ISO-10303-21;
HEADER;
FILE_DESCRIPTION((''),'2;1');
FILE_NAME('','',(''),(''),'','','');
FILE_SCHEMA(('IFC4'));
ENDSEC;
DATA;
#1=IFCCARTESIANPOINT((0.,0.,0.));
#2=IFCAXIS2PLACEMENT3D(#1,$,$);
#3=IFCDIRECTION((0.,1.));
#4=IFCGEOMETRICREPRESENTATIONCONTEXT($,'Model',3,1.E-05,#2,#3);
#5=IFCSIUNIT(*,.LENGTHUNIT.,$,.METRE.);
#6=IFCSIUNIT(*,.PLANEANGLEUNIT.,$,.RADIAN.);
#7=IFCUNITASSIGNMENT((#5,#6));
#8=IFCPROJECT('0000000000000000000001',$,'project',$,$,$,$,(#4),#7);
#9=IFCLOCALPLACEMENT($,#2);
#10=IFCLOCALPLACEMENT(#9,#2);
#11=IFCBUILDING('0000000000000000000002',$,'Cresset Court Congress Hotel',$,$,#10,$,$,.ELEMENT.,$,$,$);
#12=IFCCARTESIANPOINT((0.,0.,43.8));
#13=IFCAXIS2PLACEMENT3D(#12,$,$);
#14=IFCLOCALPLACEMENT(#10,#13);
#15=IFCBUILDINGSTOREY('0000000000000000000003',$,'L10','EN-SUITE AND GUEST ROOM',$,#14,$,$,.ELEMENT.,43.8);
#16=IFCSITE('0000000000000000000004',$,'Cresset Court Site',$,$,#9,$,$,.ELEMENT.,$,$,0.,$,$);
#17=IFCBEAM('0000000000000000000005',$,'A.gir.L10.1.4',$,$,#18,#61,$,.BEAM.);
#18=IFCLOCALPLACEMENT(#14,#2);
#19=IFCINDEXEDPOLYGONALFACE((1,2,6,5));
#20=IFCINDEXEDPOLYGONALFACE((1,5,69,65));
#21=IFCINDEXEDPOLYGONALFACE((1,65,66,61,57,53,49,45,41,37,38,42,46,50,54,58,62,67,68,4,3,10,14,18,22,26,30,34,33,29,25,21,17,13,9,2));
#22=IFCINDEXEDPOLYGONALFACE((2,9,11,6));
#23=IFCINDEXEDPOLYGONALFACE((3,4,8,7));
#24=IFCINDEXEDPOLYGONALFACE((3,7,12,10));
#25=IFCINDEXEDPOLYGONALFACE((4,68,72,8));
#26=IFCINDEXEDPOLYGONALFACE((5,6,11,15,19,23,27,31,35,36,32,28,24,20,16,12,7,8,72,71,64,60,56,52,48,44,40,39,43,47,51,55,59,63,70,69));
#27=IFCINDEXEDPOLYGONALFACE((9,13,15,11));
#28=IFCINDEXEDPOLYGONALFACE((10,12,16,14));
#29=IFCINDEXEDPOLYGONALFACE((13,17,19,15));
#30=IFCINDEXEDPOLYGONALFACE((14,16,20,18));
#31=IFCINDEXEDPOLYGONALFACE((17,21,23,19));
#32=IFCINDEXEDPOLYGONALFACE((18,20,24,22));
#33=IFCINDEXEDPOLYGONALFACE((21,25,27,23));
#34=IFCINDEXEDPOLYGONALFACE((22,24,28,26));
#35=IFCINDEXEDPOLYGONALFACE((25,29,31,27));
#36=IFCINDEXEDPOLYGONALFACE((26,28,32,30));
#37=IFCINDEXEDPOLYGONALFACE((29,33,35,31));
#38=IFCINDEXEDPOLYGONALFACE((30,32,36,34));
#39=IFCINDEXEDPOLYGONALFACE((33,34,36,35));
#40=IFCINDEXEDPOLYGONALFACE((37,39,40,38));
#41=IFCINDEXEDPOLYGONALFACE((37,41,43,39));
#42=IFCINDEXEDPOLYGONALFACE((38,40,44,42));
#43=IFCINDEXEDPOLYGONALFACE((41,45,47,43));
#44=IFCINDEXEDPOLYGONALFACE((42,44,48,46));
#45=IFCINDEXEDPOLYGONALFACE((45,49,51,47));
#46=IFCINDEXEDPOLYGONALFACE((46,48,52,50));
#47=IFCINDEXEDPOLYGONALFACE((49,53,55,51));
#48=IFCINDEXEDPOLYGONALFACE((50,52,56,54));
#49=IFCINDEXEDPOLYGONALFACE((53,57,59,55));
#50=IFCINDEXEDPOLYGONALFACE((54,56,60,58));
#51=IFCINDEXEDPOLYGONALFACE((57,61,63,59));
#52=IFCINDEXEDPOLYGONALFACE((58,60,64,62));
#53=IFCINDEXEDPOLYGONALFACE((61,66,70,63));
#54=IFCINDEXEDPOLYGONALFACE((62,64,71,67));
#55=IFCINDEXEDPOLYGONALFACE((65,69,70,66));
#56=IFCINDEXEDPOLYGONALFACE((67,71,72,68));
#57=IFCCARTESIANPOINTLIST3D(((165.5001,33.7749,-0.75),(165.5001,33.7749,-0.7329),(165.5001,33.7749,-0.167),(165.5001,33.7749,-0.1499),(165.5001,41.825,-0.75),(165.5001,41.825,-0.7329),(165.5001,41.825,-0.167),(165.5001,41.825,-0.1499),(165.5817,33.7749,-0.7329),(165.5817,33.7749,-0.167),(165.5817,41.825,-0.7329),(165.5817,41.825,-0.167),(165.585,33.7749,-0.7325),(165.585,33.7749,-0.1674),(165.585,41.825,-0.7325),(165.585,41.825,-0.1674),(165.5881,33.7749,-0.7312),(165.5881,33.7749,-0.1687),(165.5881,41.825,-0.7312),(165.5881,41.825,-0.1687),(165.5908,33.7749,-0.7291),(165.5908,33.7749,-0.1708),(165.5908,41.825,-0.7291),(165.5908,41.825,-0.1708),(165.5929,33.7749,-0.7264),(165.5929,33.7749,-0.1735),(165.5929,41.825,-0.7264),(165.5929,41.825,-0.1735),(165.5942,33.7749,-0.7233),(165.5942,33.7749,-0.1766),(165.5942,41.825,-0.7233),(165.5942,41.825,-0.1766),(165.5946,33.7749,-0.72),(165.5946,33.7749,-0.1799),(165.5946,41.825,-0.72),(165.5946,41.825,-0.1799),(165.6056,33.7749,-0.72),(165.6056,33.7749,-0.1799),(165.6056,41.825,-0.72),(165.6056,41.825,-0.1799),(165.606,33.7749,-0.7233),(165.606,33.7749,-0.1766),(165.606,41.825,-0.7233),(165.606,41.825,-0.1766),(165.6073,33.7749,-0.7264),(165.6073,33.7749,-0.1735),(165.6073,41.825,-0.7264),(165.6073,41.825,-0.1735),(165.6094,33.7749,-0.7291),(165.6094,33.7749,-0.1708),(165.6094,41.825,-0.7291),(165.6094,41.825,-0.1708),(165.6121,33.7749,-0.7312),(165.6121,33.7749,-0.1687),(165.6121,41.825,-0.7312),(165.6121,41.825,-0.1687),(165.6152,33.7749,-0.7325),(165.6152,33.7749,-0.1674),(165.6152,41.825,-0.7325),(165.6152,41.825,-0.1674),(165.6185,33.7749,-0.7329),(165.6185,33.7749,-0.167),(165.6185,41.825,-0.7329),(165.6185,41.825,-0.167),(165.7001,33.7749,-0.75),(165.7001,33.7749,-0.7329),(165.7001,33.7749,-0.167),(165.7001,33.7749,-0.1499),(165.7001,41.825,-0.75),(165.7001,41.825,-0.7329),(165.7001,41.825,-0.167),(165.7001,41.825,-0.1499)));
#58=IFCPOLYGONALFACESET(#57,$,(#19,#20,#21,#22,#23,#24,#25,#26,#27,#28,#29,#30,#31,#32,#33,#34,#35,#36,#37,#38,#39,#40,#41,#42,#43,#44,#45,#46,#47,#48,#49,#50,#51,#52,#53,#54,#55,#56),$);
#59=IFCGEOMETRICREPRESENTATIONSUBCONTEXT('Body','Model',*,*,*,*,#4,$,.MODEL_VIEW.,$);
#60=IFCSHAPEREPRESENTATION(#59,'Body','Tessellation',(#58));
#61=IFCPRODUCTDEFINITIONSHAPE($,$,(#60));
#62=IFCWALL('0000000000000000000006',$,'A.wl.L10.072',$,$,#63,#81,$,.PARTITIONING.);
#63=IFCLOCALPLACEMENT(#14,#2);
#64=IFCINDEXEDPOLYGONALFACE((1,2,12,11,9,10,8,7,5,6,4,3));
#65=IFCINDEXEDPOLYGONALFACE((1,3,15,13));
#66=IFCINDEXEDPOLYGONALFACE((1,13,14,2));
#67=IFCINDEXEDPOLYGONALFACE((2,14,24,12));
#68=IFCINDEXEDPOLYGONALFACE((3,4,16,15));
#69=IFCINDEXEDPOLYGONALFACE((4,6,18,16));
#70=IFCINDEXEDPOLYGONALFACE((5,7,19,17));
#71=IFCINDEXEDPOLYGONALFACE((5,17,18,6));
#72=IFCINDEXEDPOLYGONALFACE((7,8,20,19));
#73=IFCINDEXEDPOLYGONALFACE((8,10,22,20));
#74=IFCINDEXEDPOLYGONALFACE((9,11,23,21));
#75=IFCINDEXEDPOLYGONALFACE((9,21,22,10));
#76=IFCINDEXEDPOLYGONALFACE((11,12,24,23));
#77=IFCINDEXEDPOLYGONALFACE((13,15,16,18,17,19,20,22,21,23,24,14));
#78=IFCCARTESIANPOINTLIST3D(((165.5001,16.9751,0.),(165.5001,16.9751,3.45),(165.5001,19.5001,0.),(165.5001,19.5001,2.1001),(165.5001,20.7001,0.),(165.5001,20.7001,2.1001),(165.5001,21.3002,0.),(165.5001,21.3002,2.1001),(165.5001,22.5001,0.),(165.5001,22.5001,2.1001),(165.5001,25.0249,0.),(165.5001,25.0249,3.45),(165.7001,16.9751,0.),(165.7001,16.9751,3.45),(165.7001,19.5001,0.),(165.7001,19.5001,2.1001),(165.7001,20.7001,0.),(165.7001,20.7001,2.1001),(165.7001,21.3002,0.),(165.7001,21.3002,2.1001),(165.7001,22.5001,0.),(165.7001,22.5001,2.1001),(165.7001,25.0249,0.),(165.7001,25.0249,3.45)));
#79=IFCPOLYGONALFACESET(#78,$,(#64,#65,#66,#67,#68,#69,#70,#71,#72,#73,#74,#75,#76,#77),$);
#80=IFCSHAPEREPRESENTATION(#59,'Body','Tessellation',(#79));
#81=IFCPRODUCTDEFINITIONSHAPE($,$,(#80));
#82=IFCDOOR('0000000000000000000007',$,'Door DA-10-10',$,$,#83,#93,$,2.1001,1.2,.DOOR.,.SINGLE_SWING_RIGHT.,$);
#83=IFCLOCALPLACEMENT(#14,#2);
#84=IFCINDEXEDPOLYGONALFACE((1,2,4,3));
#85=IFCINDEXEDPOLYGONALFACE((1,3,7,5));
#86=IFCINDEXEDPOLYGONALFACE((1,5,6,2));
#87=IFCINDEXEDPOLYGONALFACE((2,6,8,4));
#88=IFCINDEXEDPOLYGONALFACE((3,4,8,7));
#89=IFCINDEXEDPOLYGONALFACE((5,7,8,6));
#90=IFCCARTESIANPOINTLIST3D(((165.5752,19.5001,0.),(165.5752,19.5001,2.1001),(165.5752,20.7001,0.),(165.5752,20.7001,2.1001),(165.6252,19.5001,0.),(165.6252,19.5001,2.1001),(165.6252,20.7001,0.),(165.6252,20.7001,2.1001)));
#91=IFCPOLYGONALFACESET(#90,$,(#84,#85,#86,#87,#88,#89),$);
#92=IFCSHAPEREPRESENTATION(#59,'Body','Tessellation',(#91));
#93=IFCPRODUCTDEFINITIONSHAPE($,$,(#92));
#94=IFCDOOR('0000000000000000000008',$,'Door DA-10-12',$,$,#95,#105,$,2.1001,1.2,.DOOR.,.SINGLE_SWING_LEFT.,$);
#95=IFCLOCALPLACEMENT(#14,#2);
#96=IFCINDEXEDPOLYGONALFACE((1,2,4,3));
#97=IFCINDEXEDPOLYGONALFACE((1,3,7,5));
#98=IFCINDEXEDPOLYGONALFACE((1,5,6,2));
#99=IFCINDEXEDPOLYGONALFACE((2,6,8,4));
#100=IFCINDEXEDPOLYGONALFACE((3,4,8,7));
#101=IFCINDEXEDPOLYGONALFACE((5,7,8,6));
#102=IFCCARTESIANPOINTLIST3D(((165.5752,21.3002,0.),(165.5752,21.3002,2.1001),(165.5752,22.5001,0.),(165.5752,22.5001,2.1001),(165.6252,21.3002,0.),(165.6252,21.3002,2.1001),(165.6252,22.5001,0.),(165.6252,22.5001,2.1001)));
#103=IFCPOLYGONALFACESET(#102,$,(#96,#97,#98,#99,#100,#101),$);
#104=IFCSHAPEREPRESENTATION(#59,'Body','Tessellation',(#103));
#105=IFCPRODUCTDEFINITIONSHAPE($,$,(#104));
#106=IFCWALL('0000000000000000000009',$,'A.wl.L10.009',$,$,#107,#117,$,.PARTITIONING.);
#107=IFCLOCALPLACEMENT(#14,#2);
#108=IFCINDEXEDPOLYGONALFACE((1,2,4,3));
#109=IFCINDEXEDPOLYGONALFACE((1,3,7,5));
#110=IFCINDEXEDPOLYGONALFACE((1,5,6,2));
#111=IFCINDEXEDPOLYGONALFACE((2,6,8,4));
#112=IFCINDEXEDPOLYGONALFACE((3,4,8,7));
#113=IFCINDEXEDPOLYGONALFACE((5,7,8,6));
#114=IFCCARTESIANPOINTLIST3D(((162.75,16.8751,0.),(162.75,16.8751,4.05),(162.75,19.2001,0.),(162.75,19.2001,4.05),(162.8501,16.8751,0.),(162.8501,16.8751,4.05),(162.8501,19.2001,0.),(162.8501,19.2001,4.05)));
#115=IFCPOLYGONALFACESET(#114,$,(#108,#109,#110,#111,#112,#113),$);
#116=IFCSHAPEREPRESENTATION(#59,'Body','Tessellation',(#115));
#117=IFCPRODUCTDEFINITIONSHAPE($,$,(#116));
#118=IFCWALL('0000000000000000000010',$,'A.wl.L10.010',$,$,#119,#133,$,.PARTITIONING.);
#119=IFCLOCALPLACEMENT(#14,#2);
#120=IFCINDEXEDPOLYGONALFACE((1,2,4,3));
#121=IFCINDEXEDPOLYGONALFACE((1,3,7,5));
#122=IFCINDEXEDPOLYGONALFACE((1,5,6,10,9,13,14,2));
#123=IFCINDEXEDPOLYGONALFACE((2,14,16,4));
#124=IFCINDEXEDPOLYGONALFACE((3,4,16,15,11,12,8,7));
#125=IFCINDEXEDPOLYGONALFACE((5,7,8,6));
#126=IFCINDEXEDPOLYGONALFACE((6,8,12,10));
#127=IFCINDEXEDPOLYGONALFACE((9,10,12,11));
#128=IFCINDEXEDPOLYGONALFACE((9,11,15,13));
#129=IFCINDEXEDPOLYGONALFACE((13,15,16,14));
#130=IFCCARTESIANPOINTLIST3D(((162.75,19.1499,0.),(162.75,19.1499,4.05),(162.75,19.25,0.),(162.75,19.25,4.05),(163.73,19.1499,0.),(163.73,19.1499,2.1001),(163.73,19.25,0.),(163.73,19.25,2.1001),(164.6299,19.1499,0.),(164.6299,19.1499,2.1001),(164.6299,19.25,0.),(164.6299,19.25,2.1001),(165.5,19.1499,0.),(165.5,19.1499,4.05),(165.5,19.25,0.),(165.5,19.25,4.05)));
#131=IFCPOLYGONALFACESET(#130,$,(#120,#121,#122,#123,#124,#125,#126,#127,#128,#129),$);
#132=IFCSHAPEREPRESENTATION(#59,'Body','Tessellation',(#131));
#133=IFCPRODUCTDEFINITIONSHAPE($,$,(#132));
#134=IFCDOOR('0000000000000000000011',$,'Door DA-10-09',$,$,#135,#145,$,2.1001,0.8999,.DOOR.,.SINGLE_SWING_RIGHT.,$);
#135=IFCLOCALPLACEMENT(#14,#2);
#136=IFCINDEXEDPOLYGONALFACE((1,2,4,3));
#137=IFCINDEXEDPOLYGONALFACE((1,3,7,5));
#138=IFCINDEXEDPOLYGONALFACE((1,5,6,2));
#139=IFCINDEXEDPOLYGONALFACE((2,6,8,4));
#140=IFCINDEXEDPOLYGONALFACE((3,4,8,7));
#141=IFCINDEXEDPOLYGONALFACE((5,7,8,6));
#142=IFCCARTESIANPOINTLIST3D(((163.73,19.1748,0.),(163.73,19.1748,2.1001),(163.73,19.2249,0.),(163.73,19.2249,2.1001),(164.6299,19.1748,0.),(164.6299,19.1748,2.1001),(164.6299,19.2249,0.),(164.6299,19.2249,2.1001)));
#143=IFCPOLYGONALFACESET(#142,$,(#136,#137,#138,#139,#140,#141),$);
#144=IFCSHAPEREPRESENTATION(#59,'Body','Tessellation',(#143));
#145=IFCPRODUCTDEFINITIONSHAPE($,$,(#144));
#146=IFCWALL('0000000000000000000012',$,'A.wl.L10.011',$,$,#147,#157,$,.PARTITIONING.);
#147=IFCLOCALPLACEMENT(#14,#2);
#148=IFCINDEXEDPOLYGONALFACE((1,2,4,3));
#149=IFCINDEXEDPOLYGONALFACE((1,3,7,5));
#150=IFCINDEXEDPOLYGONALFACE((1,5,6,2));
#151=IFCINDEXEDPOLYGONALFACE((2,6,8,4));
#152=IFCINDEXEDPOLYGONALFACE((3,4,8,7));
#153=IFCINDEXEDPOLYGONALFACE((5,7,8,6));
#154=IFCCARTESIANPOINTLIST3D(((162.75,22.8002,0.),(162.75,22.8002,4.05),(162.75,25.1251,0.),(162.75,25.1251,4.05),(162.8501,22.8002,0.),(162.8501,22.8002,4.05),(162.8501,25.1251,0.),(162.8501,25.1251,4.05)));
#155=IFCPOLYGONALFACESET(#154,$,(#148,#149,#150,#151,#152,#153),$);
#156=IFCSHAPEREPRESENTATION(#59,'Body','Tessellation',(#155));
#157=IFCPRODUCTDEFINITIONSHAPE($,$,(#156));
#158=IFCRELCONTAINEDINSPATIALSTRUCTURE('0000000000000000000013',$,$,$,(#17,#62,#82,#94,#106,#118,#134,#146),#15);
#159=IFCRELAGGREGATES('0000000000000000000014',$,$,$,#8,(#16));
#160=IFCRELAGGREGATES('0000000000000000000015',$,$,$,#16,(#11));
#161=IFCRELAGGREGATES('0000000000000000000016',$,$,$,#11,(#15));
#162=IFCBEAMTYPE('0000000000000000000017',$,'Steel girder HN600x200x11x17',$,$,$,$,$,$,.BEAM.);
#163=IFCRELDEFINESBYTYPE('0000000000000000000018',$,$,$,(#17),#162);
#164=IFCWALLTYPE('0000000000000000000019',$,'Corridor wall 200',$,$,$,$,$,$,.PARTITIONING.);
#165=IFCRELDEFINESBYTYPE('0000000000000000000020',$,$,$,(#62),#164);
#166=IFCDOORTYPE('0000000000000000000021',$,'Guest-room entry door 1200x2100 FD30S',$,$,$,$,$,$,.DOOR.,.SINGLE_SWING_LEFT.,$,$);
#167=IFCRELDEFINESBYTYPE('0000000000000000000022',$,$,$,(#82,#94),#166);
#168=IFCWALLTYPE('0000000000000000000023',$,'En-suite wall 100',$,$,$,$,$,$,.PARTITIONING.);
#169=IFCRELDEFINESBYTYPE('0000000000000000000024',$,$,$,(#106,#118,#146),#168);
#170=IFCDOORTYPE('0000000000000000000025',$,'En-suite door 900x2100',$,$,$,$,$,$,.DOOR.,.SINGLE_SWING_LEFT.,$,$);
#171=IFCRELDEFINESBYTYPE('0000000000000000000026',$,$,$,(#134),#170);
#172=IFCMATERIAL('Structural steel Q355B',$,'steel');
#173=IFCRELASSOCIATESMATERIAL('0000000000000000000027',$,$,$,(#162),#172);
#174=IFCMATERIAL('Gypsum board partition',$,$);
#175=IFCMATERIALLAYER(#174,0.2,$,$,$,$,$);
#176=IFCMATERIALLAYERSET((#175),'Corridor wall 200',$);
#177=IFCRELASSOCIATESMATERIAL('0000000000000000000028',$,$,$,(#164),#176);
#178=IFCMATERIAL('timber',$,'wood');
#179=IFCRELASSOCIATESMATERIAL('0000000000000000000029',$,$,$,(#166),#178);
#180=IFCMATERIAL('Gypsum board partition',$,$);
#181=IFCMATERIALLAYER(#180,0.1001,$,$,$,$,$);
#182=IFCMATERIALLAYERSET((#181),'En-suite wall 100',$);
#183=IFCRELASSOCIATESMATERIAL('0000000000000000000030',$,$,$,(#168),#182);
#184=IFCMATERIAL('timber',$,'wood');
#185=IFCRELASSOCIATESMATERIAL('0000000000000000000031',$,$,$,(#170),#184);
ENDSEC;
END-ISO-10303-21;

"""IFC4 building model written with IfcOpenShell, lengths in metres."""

from ifc_helpers import new_model, si_unit, direction, frame, frame_2d, origin, origin_2d, place, context, subcontext, project, spatial, rectangle, i_section, extrude, material, layer, layer_set, material_profile, profile_set, type_object, element, fill, save


model = new_model("IFC4")

# Units and contexts
model_context = context("Model", 3, precision=1e-05, world=origin(), true_north=direction((0.0, 1.0)))
body_context = subcontext(model_context, "Body", "Model", "MODEL_VIEW")
ifc_project = project(units=[si_unit("LENGTHUNIT", "METRE"), si_unit("PLANEANGLEUNIT", "RADIAN")], contexts=[model_context])

# Site, building, storey
site_placement = place(None, origin())
site = spatial("IfcSite", under=ifc_project, at=site_placement, Name="Cresset Court Site", CompositionType="ELEMENT", RefElevation=0.0)
building_placement = place(site_placement, origin())
building = spatial("IfcBuilding", under=site, at=building_placement, Name="Cresset Court Congress Hotel", CompositionType="ELEMENT")
storey_placement = place(building_placement, frame((0.0, 0.0, 43.8)))
storey = spatial("IfcBuildingStorey", under=building, at=storey_placement, Name="L10", Description="EN-SUITE AND GUEST ROOM", CompositionType="ELEMENT", Elevation=43.8)

# Beam
ifc_material_1 = material(Name="Structural steel Q355B", Category="steel")
ifc_material_profile_1 = material_profile(ifc_material_1, i_section(OverallWidth=0.2, OverallDepth=0.6001, WebThickness=0.011, FlangeThickness=0.0171, FilletRadius=0.0129, at=origin_2d()), Name="HN600x200x11x17")
ifc_profile_set_1 = profile_set([ifc_material_profile_1], Name="Structural steel Q355B")
beam_type = type_object("IfcBeamType", Name="Steel girder HN600x200x11x17", PredefinedType="BEAM", material=ifc_profile_set_1)
for number, where, z_axis, x_axis, name in (
    (1, (165.6001, 33.7749, -0.45), (0.0, 1.0, 0.0), (-1.0, 0.0, 0.0), "A.gir.L10.1.4"),
):
    element("IfcBeam", number, at=place(storey_placement, frame(where, z_axis=z_axis, x_axis=x_axis)), inside=storey, type_object=beam_type, Name=name, PredefinedType="BEAM", context=body_context, shape_type="SweptSolid", body=[
        extrude(i_section(OverallWidth=0.2, OverallDepth=0.6001, WebThickness=0.011, FlangeThickness=0.0171, FilletRadius=0.0129, at=origin_2d()), origin(), (0.0, 0.0, 1.0), 8.05),
    ])

# Wall, openings, doors
ifc_material_2 = material(Name="Gypsum board partition")
ifc_layer_1 = layer(ifc_material_2, 0.2)
ifc_layer_set_1 = layer_set([ifc_layer_1], Name="Corridor wall 200")
wall_type_1 = type_object("IfcWallType", Name="Corridor wall 200", PredefinedType="PARTITIONING", material=ifc_layer_set_1)
wall_1_placement = place(storey_placement, frame((165.6001, 16.9751, 0.0), z_axis=(0.0, 0.0, 1.0), x_axis=(0.0, 1.0, 0.0)))
wall_1 = element("IfcWall", 2, at=wall_1_placement, inside=storey, type_object=wall_type_1, Name="A.wl.L10.072", PredefinedType="PARTITIONING", context=body_context, shape_type="SweptSolid", body=[
    extrude(rectangle(XDim=8.0498, YDim=0.2, at=frame_2d((4.0249, 0.0))), origin(), (0.0, 0.0, 1.0), 3.45),
])
opening_1_placement = place(wall_1_placement, frame((2.5249, 0.0, 0.0)))
opening_1 = element("IfcOpeningElement", 3, at=opening_1_placement, cuts=wall_1, PredefinedType="OPENING", context=body_context, shape_type="SweptSolid", body=[
    extrude(rectangle(XDim=1.2, YDim=2.1001, at=frame_2d((0.6001, 1.05))), frame((0.0, 0.1099, 0.0), z_axis=(0.0, -1.0, 0.0), x_axis=(1.0, 0.0, 0.0)), (0.0, 0.0, 1.0), 0.22),
])
opening_2_placement = place(wall_1_placement, frame((4.325, 0.0, 0.0)))
opening_2 = element("IfcOpeningElement", 4, at=opening_2_placement, cuts=wall_1, PredefinedType="OPENING", context=body_context, shape_type="SweptSolid", body=[
    extrude(rectangle(XDim=1.2, YDim=2.1001, at=frame_2d((0.6001, 1.05))), frame((0.0, 0.1099, 0.0), z_axis=(0.0, -1.0, 0.0), x_axis=(1.0, 0.0, 0.0)), (0.0, 0.0, 1.0), 0.22),
])
ifc_material_3 = material(Name="timber", Category="wood")
door_type_1 = type_object("IfcDoorType", Name="Guest-room entry door 1200x2100 FD30S", OperationType="SINGLE_SWING_LEFT", PredefinedType="DOOR", material=ifc_material_3)
door_1_placement = place(opening_1_placement, origin())
door_1 = element("IfcDoor", 5, at=door_1_placement, inside=storey, type_object=door_type_1, Name="Door DA-10-10", OperationType="SINGLE_SWING_RIGHT", OverallHeight=2.1001, OverallWidth=1.2, PredefinedType="DOOR", context=body_context, shape_type="SweptSolid", body=[
    extrude(rectangle(XDim=1.2, YDim=2.1001, at=frame_2d((0.6001, 1.05))), frame((0.0, 0.0249, 0.0), z_axis=(0.0, -1.0, 0.0), x_axis=(1.0, 0.0, 0.0)), (0.0, 0.0, 1.0), 0.05),
])
fill(opening_1, door_1)
door_2_placement = place(opening_2_placement, origin())
door_2 = element("IfcDoor", 6, at=door_2_placement, inside=storey, type_object=door_type_1, Name="Door DA-10-12", OperationType="SINGLE_SWING_LEFT", OverallHeight=2.1001, OverallWidth=1.2, PredefinedType="DOOR", context=body_context, shape_type="SweptSolid", body=[
    extrude(rectangle(XDim=1.2, YDim=2.1001, at=frame_2d((0.6001, 1.05))), frame((0.0, 0.0249, 0.0), z_axis=(0.0, -1.0, 0.0), x_axis=(1.0, 0.0, 0.0)), (0.0, 0.0, 1.0), 0.05),
])
fill(opening_2, door_2)

# Wall
ifc_material_4 = material(Name="Gypsum board partition")
ifc_layer_2 = layer(ifc_material_4, 0.1001)
ifc_layer_set_2 = layer_set([ifc_layer_2], Name="En-suite wall 100")
wall_type_2 = type_object("IfcWallType", Name="En-suite wall 100", PredefinedType="PARTITIONING", material=ifc_layer_set_2)
wall_2_placement = place(storey_placement, frame((162.8, 16.875, 0.0), z_axis=(0.0, 0.0, 1.0), x_axis=(0.0, 1.0, 0.0)))
element("IfcWall", 7, at=wall_2_placement, inside=storey, type_object=wall_type_2, Name="A.wl.L10.009", PredefinedType="PARTITIONING", context=body_context, shape_type="SweptSolid", body=[
    extrude(rectangle(XDim=2.325, YDim=0.1001, at=frame_2d((1.1626, 0.0))), origin(), (0.0, 0.0, 1.0), 4.05),
])

# Wall, opening, door
wall_3_placement = place(storey_placement, frame((162.75, 19.2, 0.0), z_axis=(0.0, 0.0, 1.0), x_axis=(1.0, 0.0, 0.0)))
wall_3 = element("IfcWall", 8, at=wall_3_placement, inside=storey, type_object=wall_type_2, Name="A.wl.L10.010", PredefinedType="PARTITIONING", context=body_context, shape_type="SweptSolid", body=[
    extrude(rectangle(XDim=2.75, YDim=0.1001, at=frame_2d((1.375, 0.0))), origin(), (0.0, 0.0, 1.0), 4.05),
])
opening_3_placement = place(wall_3_placement, frame((0.98, 0.0, 0.0)))
opening_3 = element("IfcOpeningElement", 9, at=opening_3_placement, cuts=wall_3, PredefinedType="OPENING", context=body_context, shape_type="SweptSolid", body=[
    extrude(rectangle(XDim=0.8999, YDim=2.1001, at=frame_2d((0.45, 1.05))), frame((0.0, 0.0601, 0.0), z_axis=(0.0, -1.0, 0.0), x_axis=(1.0, 0.0, 0.0)), (0.0, 0.0, 1.0), 0.1201),
])
ifc_material_5 = material(Name="timber", Category="wood")
door_type_2 = type_object("IfcDoorType", Name="En-suite door 900x2100", OperationType="SINGLE_SWING_LEFT", PredefinedType="DOOR", material=ifc_material_5)
door_3_placement = place(opening_3_placement, origin())
door_3 = element("IfcDoor", 10, at=door_3_placement, inside=storey, type_object=door_type_2, Name="Door DA-10-09", OperationType="SINGLE_SWING_RIGHT", OverallHeight=2.1001, OverallWidth=0.8999, PredefinedType="DOOR", context=body_context, shape_type="SweptSolid", body=[
    extrude(rectangle(XDim=0.8999, YDim=2.1001, at=frame_2d((0.45, 1.05))), frame((0.0, 0.0249, 0.0), z_axis=(0.0, -1.0, 0.0), x_axis=(1.0, 0.0, 0.0)), (0.0, 0.0, 1.0), 0.05),
])
fill(opening_3, door_3)

# Wall
wall_4_placement = place(storey_placement, frame((162.8, 22.8, 0.0), z_axis=(0.0, 0.0, 1.0), x_axis=(0.0, 1.0, 0.0)))
element("IfcWall", 11, at=wall_4_placement, inside=storey, type_object=wall_type_2, Name="A.wl.L10.011", PredefinedType="PARTITIONING", context=body_context, shape_type="SweptSolid", body=[
    extrude(rectangle(XDim=2.325, YDim=0.1001, at=frame_2d((1.1626, 0.0))), origin(), (0.0, 0.0, 1.0), 4.05),
])

save(model, "model.ifc")
